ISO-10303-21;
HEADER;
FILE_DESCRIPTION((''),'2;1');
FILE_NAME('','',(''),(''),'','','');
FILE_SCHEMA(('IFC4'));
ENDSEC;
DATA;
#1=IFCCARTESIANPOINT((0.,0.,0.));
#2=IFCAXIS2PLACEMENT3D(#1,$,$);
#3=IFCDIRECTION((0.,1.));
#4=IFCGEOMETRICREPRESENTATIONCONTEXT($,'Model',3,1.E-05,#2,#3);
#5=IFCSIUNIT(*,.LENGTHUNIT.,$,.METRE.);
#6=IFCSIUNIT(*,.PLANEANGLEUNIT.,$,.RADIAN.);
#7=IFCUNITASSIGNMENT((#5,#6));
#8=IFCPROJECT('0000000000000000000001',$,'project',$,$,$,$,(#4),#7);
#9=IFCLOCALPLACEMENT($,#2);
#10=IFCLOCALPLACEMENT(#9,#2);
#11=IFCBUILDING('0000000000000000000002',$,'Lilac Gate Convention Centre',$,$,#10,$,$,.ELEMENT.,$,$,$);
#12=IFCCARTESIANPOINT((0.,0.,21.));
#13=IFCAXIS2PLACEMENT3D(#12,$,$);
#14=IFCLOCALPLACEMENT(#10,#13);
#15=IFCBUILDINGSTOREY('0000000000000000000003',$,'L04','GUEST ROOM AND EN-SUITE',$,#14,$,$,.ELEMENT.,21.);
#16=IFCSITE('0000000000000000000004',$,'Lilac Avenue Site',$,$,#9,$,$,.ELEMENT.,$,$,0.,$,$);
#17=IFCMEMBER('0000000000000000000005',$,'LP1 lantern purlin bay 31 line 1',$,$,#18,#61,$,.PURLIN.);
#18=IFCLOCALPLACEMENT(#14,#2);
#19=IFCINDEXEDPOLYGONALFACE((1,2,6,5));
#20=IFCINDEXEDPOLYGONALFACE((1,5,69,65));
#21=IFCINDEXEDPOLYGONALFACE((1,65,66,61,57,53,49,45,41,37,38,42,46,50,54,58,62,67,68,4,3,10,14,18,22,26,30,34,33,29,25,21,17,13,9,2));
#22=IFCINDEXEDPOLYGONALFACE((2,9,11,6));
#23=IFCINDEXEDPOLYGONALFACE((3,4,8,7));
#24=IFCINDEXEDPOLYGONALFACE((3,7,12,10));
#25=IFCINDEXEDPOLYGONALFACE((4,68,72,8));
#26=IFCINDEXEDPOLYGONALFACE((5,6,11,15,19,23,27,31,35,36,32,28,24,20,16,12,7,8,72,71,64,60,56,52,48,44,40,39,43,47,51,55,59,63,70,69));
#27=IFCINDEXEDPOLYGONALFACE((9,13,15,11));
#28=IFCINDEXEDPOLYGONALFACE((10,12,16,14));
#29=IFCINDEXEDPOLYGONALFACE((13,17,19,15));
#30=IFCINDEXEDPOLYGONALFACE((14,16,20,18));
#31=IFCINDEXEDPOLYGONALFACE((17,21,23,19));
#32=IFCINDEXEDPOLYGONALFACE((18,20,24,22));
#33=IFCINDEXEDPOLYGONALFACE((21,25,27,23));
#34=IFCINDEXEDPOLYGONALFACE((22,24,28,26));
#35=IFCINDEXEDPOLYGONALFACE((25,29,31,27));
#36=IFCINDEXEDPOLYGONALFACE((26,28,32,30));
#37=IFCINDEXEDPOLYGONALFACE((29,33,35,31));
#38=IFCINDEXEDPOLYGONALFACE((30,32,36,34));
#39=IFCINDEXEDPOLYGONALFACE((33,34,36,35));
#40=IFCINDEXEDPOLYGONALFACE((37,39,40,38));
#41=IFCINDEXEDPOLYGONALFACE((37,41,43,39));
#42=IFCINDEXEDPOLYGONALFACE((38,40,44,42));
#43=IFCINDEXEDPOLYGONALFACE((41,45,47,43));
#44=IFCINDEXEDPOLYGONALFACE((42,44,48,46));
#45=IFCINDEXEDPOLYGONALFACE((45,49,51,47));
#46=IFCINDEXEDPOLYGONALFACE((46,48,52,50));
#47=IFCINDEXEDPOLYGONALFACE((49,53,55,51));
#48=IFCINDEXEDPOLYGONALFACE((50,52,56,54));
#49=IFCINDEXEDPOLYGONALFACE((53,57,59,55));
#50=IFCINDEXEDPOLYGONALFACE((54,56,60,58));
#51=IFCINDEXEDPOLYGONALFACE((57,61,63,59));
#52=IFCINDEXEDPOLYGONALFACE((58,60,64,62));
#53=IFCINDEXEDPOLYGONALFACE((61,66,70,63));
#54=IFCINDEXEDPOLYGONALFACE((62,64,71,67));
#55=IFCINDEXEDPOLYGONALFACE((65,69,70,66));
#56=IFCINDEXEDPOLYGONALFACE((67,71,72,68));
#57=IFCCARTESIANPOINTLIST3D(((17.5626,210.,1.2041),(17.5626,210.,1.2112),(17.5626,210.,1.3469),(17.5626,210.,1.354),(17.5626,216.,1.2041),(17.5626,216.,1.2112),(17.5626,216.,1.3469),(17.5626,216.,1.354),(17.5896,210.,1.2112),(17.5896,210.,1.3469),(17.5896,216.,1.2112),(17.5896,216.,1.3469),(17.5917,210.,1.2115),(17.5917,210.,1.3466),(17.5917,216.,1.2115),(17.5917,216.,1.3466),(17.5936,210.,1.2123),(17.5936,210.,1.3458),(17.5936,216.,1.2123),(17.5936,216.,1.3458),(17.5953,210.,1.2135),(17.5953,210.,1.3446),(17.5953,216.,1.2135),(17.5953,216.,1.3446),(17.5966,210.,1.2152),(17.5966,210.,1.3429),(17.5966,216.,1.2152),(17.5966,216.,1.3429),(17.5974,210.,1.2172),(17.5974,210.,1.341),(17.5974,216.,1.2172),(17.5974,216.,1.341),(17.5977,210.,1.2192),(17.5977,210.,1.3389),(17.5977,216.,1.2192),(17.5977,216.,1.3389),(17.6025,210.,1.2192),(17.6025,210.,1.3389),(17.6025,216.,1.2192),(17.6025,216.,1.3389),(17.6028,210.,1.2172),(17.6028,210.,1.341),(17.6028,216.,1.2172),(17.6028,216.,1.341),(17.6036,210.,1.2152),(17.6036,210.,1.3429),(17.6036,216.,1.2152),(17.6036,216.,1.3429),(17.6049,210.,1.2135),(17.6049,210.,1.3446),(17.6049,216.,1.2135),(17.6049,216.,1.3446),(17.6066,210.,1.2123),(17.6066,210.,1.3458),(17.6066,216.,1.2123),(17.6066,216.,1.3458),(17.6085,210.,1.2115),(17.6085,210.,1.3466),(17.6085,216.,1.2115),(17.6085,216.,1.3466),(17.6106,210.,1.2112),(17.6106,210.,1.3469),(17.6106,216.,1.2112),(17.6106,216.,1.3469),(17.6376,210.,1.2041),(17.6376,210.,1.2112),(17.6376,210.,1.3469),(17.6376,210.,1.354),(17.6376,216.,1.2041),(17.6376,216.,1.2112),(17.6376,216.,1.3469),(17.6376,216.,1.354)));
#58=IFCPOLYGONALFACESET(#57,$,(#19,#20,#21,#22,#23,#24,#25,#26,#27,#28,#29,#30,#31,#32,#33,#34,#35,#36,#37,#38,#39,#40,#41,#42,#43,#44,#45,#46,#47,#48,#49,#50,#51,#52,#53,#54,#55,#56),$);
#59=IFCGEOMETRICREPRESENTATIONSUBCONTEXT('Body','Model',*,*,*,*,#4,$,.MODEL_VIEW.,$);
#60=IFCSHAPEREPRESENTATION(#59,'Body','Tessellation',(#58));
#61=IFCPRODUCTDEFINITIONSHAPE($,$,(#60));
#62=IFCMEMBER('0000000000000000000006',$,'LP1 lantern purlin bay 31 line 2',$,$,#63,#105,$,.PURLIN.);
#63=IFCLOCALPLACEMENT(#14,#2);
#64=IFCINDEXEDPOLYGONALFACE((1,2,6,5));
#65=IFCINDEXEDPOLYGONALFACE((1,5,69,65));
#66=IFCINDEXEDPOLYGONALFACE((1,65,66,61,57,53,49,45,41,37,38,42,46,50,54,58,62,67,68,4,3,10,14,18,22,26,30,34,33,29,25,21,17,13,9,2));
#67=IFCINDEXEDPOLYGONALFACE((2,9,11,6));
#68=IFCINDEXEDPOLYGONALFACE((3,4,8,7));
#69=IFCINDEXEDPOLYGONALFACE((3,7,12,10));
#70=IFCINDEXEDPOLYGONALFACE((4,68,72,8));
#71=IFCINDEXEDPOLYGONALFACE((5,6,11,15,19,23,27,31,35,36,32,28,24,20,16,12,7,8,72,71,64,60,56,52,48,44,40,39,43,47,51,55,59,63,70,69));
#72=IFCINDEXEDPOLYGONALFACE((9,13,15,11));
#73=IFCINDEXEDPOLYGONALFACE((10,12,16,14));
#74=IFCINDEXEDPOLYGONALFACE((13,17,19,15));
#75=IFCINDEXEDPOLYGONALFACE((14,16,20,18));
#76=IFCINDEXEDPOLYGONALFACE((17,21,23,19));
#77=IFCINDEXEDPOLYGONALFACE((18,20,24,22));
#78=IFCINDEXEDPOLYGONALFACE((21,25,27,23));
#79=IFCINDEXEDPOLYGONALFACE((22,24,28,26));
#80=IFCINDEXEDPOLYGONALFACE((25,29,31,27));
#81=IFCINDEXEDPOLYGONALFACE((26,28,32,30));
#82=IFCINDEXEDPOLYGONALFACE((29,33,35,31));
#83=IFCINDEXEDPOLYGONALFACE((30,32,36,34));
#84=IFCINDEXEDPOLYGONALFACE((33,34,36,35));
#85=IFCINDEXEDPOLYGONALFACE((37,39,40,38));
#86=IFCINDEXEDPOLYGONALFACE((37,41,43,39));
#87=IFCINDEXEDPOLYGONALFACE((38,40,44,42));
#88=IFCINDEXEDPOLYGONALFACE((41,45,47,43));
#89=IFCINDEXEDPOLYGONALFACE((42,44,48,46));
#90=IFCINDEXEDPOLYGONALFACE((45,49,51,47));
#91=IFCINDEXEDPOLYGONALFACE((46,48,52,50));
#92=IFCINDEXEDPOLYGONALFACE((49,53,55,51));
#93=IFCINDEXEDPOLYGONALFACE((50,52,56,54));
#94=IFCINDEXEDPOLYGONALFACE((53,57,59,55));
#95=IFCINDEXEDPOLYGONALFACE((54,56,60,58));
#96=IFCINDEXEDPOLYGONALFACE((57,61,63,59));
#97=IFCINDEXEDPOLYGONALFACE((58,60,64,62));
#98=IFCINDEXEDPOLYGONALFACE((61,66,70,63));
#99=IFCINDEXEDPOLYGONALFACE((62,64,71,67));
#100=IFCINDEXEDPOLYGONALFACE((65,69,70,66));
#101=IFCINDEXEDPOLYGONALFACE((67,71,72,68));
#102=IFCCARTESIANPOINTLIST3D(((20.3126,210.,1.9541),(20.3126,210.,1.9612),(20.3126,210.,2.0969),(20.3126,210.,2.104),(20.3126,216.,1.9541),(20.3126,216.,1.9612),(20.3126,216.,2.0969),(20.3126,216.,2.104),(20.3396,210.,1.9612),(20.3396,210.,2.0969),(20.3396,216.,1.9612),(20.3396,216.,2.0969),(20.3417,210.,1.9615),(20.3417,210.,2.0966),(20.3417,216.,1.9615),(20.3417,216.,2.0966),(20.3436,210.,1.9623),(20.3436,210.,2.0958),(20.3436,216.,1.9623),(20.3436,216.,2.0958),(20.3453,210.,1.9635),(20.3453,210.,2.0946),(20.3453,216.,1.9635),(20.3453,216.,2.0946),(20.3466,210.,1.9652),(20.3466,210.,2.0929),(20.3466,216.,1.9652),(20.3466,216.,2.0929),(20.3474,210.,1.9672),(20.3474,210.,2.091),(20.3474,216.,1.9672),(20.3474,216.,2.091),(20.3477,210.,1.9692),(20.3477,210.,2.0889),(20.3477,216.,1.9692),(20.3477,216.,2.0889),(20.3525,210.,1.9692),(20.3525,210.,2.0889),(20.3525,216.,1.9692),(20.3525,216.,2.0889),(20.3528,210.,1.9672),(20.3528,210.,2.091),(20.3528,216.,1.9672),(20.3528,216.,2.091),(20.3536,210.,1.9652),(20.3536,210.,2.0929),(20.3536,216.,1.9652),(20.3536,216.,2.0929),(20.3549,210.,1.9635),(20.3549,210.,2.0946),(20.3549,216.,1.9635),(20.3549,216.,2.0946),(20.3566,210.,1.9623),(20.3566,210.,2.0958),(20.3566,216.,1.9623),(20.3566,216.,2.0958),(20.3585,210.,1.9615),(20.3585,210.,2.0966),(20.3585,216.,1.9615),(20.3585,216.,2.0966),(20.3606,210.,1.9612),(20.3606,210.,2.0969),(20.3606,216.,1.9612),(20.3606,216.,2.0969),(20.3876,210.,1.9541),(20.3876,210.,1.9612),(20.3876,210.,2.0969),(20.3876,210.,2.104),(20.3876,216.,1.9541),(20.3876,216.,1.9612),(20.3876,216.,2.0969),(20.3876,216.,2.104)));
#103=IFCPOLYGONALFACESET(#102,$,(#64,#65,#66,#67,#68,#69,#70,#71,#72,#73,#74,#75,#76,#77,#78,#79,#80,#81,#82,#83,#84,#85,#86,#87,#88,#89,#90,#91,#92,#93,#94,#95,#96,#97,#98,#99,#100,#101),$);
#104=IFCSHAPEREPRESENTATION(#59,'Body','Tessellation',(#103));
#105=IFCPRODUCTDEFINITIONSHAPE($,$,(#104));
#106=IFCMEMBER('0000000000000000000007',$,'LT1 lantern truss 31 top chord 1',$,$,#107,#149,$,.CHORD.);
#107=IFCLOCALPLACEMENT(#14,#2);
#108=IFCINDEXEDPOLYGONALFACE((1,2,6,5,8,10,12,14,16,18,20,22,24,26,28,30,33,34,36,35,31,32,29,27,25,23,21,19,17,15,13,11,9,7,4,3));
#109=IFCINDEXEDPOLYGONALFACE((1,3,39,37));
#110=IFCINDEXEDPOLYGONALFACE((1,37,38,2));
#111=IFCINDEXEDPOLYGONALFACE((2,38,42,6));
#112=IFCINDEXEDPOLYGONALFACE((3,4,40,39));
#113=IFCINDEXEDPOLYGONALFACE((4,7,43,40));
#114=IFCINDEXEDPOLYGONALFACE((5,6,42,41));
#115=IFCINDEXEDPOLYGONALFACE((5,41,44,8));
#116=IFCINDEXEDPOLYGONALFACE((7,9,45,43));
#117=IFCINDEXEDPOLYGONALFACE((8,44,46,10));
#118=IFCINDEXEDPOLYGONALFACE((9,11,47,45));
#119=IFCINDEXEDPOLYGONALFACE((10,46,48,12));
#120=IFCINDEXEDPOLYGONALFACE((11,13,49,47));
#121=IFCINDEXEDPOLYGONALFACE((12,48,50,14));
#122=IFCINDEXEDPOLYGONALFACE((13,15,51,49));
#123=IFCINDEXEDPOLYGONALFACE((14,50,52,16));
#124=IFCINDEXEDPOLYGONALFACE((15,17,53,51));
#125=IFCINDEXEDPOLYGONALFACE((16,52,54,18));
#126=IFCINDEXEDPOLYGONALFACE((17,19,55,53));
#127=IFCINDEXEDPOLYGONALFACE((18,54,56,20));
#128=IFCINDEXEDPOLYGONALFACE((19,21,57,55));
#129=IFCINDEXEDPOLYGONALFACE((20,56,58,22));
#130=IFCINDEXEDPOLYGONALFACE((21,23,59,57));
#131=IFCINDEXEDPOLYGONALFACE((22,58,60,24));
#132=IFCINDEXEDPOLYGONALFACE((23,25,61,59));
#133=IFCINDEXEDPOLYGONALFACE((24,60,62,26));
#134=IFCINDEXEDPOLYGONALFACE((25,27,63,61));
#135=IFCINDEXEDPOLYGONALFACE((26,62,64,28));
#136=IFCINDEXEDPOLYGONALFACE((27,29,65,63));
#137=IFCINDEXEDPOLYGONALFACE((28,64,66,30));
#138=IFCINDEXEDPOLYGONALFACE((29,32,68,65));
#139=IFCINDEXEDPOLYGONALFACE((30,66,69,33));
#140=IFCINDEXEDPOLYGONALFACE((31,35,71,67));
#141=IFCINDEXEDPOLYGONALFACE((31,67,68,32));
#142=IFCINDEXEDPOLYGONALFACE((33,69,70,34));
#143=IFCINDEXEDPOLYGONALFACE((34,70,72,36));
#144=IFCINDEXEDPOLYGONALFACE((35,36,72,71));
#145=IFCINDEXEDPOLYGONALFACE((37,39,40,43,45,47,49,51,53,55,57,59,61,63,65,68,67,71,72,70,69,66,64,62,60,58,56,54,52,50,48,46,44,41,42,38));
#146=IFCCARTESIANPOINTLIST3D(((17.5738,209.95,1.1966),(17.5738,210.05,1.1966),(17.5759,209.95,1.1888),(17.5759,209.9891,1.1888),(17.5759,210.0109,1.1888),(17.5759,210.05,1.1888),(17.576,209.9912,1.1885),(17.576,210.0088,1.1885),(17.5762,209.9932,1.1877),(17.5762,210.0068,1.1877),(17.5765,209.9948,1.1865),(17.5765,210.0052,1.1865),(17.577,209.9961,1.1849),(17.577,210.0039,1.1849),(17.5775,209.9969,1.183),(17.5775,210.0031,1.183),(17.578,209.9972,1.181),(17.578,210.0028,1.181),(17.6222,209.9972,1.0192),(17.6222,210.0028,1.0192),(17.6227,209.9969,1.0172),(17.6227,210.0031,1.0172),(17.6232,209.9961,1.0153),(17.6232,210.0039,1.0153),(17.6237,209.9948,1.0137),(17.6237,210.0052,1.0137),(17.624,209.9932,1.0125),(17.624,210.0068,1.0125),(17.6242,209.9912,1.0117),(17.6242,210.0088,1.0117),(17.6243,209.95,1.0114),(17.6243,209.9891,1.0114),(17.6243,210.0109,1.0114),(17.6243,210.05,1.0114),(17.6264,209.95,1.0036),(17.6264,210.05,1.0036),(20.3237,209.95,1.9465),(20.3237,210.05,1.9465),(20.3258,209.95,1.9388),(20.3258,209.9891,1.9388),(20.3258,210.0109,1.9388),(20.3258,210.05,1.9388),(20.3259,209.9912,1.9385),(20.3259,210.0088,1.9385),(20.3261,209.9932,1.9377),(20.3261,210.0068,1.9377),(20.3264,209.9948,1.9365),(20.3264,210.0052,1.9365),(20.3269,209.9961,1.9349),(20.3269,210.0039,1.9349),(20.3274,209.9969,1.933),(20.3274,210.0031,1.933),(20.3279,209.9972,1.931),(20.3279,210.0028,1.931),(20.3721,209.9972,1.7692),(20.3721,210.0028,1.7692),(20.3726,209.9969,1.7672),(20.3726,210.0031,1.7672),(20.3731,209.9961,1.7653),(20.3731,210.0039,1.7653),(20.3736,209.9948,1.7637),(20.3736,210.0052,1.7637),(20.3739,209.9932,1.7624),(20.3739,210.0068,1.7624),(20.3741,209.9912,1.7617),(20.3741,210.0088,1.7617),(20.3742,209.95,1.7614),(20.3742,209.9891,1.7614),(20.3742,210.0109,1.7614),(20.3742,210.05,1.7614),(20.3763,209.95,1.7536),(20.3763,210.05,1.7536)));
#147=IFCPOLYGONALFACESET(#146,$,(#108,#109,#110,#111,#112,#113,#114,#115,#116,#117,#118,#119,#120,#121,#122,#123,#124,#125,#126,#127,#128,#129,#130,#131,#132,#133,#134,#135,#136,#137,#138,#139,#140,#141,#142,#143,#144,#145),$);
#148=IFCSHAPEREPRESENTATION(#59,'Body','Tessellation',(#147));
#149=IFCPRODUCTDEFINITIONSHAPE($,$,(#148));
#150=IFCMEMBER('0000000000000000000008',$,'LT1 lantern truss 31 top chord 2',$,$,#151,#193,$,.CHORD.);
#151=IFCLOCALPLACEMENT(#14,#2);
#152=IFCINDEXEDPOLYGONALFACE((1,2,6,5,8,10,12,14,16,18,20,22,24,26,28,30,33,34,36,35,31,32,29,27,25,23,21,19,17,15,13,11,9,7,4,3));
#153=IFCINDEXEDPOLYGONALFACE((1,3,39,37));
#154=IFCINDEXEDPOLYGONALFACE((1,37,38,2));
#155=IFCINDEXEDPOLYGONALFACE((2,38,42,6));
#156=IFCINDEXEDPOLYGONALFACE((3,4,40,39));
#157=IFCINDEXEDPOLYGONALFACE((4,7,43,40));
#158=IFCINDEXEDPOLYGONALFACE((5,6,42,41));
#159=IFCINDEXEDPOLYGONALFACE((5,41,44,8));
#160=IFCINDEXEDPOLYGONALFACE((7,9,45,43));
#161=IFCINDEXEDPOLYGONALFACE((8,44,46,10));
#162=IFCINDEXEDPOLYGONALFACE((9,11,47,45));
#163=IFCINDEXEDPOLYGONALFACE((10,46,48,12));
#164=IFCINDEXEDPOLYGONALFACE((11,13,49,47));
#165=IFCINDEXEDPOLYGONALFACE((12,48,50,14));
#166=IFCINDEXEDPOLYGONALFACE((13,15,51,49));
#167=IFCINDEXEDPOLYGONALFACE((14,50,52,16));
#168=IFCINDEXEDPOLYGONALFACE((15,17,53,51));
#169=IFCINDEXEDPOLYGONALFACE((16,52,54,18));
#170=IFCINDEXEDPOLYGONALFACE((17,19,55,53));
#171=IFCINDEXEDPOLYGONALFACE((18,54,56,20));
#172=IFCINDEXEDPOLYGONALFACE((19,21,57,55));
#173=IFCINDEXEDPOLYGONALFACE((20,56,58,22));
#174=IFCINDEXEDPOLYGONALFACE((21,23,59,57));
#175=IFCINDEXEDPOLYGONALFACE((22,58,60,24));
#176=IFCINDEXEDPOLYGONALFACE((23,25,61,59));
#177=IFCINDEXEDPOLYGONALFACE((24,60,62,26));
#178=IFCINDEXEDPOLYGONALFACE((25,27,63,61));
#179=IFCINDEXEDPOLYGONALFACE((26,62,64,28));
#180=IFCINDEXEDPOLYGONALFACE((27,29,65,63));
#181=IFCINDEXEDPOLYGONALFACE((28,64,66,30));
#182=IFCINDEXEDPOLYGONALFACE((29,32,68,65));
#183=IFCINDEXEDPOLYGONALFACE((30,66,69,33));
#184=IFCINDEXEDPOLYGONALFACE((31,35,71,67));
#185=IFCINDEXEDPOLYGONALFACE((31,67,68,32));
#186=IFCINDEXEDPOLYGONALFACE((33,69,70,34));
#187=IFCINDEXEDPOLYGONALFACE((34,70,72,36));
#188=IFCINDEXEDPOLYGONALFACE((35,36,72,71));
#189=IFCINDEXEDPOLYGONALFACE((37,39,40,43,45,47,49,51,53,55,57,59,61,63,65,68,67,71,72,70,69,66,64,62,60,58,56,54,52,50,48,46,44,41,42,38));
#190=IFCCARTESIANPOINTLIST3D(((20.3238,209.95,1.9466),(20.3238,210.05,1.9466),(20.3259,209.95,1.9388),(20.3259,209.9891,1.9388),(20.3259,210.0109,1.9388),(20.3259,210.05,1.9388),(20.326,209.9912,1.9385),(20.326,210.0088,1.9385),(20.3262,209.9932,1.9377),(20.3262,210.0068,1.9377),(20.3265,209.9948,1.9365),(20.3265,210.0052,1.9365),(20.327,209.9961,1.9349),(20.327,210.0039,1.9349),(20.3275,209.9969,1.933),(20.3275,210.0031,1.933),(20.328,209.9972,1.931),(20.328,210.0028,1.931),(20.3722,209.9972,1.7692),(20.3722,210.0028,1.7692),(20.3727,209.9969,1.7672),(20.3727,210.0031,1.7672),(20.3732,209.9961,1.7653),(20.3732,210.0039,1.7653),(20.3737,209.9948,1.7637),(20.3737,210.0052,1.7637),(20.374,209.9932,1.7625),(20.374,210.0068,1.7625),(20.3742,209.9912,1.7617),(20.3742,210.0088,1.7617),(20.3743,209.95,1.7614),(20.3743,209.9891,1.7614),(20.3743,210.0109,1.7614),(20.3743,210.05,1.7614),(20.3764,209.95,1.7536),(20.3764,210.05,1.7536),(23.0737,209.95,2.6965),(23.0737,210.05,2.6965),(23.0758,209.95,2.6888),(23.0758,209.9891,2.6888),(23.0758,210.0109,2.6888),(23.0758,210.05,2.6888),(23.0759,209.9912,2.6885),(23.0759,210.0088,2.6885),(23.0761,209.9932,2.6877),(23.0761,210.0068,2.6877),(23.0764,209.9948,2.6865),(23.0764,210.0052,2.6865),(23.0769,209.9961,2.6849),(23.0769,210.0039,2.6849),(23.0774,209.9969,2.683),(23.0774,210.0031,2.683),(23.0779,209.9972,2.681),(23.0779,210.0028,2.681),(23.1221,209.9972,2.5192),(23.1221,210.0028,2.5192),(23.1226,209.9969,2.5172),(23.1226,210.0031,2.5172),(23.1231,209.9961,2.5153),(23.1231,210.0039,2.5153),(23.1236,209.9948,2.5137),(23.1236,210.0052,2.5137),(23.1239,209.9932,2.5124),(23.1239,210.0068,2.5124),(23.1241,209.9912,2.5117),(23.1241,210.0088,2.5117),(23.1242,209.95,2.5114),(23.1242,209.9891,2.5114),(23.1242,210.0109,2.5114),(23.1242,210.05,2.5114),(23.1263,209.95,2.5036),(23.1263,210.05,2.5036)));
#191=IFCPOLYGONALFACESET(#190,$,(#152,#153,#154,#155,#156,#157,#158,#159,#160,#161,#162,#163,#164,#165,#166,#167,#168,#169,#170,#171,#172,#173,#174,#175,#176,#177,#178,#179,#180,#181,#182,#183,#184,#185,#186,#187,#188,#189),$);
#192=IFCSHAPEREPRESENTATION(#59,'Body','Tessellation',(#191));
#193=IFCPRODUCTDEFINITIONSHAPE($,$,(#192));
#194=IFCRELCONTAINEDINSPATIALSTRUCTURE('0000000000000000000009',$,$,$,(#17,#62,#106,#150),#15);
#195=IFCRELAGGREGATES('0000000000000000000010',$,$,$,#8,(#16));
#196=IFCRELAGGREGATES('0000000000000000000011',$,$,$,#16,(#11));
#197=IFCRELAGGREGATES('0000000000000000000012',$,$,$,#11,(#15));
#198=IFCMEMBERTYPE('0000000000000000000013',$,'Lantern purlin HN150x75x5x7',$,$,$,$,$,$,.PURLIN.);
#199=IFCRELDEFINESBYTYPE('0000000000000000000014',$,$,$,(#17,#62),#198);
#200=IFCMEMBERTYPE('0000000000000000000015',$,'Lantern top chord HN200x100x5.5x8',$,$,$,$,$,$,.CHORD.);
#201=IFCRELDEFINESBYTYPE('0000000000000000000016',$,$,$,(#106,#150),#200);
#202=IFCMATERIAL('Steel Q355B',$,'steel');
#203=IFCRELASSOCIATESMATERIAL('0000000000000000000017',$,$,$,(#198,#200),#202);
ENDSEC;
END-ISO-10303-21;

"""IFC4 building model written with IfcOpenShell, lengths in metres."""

from ifc_helpers import new_model, si_unit, direction, frame, origin, origin_2d, place, context, subcontext, project, spatial, i_section, extrude, material, material_profile, profile_set, type_object, element, save


model = new_model("IFC4")

# Units and contexts
model_context = context("Model", 3, precision=1e-05, world=origin(), true_north=direction((0.0, 1.0)))
body_context = subcontext(model_context, "Body", "Model", "MODEL_VIEW")
ifc_project = project(units=[si_unit("LENGTHUNIT", "METRE"), si_unit("PLANEANGLEUNIT", "RADIAN")], contexts=[model_context])

# Site, building, storey
site_placement = place(None, origin())
site = spatial("IfcSite", under=ifc_project, at=site_placement, Name="Lilac Avenue Site", CompositionType="ELEMENT", RefElevation=0.0)
building_placement = place(site_placement, origin())
building = spatial("IfcBuilding", under=site, at=building_placement, Name="Lilac Gate Convention Centre", CompositionType="ELEMENT")
storey_placement = place(building_placement, frame((0.0, 0.0, 21.0)))
storey = spatial("IfcBuildingStorey", under=building, at=storey_placement, Name="L04", Description="GUEST ROOM AND EN-SUITE", CompositionType="ELEMENT", Elevation=21.0)

# Members
ifc_material_1 = material(Name="Steel Q355B", Category="steel")
ifc_material_profile_1 = material_profile(ifc_material_1, i_section(OverallWidth=0.075, OverallDepth=0.1499, WebThickness=0.0049, FlangeThickness=0.0071, FilletRadius=0.0081, at=origin_2d()), Name="HN150x75x5x7")
ifc_profile_set_1 = profile_set([ifc_material_profile_1], Name="Steel Q355B")
member_type_1 = type_object("IfcMemberType", Name="Lantern purlin HN150x75x5x7", PredefinedType="PURLIN", material=ifc_profile_set_1)
for number, where, z_axis, x_axis, name in (
    (1, (17.6001, 210.0, 1.2791), (0.0, 1.0, 0.0), (-1.0, 0.0, 0.0), "LP1 lantern purlin bay 31 line 1"),
    (2, (20.3501, 210.0, 2.0291), (0.0, 1.0, 0.0), (-1.0, 0.0, 0.0), "LP1 lantern purlin bay 31 line 2"),
):
    element("IfcMember", number, at=place(storey_placement, frame(where, z_axis=z_axis, x_axis=x_axis)), inside=storey, type_object=member_type_1, Name=name, PredefinedType="PURLIN", context=body_context, shape_type="SweptSolid", body=[
        extrude(i_section(OverallWidth=0.075, OverallDepth=0.1499, WebThickness=0.0049, FlangeThickness=0.0071, FilletRadius=0.0081, at=origin_2d()), origin(), (0.0, 0.0, 1.0), 6.0),
    ])
ifc_material_profile_2 = material_profile(ifc_material_1, i_section(OverallWidth=0.1001, OverallDepth=0.2, WebThickness=0.0056, FlangeThickness=0.0081, FilletRadius=0.0081, at=origin_2d()), Name="HN200x100x5.5x8")
ifc_profile_set_2 = profile_set([ifc_material_profile_2], Name="Steel Q355B")
member_type_2 = type_object("IfcMemberType", Name="Lantern top chord HN200x100x5.5x8", PredefinedType="CHORD", material=ifc_profile_set_2)
for number, where, z_axis, x_axis, name in (
    (3, (17.6001, 210.0, 1.1001), (0.964764, 0.0, 0.263117), (0.0, 1.0, 0.0), "LT1 lantern truss 31 top chord 1"),
    (4, (20.3501, 210.0, 1.8501), (0.964764, 0.0, 0.263117), (0.0, 1.0, 0.0), "LT1 lantern truss 31 top chord 2"),
):
    element("IfcMember", number, at=place(storey_placement, frame(where, z_axis=z_axis, x_axis=x_axis)), inside=storey, type_object=member_type_2, Name=name, PredefinedType="CHORD", context=body_context, shape_type="SweptSolid", body=[
        extrude(i_section(OverallWidth=0.1001, OverallDepth=0.2, WebThickness=0.0056, FlangeThickness=0.0081, FilletRadius=0.0081, at=origin_2d()), origin(), (0.0, 0.0, 1.0), 2.8503),
    ])

save(model, "model.ifc")
